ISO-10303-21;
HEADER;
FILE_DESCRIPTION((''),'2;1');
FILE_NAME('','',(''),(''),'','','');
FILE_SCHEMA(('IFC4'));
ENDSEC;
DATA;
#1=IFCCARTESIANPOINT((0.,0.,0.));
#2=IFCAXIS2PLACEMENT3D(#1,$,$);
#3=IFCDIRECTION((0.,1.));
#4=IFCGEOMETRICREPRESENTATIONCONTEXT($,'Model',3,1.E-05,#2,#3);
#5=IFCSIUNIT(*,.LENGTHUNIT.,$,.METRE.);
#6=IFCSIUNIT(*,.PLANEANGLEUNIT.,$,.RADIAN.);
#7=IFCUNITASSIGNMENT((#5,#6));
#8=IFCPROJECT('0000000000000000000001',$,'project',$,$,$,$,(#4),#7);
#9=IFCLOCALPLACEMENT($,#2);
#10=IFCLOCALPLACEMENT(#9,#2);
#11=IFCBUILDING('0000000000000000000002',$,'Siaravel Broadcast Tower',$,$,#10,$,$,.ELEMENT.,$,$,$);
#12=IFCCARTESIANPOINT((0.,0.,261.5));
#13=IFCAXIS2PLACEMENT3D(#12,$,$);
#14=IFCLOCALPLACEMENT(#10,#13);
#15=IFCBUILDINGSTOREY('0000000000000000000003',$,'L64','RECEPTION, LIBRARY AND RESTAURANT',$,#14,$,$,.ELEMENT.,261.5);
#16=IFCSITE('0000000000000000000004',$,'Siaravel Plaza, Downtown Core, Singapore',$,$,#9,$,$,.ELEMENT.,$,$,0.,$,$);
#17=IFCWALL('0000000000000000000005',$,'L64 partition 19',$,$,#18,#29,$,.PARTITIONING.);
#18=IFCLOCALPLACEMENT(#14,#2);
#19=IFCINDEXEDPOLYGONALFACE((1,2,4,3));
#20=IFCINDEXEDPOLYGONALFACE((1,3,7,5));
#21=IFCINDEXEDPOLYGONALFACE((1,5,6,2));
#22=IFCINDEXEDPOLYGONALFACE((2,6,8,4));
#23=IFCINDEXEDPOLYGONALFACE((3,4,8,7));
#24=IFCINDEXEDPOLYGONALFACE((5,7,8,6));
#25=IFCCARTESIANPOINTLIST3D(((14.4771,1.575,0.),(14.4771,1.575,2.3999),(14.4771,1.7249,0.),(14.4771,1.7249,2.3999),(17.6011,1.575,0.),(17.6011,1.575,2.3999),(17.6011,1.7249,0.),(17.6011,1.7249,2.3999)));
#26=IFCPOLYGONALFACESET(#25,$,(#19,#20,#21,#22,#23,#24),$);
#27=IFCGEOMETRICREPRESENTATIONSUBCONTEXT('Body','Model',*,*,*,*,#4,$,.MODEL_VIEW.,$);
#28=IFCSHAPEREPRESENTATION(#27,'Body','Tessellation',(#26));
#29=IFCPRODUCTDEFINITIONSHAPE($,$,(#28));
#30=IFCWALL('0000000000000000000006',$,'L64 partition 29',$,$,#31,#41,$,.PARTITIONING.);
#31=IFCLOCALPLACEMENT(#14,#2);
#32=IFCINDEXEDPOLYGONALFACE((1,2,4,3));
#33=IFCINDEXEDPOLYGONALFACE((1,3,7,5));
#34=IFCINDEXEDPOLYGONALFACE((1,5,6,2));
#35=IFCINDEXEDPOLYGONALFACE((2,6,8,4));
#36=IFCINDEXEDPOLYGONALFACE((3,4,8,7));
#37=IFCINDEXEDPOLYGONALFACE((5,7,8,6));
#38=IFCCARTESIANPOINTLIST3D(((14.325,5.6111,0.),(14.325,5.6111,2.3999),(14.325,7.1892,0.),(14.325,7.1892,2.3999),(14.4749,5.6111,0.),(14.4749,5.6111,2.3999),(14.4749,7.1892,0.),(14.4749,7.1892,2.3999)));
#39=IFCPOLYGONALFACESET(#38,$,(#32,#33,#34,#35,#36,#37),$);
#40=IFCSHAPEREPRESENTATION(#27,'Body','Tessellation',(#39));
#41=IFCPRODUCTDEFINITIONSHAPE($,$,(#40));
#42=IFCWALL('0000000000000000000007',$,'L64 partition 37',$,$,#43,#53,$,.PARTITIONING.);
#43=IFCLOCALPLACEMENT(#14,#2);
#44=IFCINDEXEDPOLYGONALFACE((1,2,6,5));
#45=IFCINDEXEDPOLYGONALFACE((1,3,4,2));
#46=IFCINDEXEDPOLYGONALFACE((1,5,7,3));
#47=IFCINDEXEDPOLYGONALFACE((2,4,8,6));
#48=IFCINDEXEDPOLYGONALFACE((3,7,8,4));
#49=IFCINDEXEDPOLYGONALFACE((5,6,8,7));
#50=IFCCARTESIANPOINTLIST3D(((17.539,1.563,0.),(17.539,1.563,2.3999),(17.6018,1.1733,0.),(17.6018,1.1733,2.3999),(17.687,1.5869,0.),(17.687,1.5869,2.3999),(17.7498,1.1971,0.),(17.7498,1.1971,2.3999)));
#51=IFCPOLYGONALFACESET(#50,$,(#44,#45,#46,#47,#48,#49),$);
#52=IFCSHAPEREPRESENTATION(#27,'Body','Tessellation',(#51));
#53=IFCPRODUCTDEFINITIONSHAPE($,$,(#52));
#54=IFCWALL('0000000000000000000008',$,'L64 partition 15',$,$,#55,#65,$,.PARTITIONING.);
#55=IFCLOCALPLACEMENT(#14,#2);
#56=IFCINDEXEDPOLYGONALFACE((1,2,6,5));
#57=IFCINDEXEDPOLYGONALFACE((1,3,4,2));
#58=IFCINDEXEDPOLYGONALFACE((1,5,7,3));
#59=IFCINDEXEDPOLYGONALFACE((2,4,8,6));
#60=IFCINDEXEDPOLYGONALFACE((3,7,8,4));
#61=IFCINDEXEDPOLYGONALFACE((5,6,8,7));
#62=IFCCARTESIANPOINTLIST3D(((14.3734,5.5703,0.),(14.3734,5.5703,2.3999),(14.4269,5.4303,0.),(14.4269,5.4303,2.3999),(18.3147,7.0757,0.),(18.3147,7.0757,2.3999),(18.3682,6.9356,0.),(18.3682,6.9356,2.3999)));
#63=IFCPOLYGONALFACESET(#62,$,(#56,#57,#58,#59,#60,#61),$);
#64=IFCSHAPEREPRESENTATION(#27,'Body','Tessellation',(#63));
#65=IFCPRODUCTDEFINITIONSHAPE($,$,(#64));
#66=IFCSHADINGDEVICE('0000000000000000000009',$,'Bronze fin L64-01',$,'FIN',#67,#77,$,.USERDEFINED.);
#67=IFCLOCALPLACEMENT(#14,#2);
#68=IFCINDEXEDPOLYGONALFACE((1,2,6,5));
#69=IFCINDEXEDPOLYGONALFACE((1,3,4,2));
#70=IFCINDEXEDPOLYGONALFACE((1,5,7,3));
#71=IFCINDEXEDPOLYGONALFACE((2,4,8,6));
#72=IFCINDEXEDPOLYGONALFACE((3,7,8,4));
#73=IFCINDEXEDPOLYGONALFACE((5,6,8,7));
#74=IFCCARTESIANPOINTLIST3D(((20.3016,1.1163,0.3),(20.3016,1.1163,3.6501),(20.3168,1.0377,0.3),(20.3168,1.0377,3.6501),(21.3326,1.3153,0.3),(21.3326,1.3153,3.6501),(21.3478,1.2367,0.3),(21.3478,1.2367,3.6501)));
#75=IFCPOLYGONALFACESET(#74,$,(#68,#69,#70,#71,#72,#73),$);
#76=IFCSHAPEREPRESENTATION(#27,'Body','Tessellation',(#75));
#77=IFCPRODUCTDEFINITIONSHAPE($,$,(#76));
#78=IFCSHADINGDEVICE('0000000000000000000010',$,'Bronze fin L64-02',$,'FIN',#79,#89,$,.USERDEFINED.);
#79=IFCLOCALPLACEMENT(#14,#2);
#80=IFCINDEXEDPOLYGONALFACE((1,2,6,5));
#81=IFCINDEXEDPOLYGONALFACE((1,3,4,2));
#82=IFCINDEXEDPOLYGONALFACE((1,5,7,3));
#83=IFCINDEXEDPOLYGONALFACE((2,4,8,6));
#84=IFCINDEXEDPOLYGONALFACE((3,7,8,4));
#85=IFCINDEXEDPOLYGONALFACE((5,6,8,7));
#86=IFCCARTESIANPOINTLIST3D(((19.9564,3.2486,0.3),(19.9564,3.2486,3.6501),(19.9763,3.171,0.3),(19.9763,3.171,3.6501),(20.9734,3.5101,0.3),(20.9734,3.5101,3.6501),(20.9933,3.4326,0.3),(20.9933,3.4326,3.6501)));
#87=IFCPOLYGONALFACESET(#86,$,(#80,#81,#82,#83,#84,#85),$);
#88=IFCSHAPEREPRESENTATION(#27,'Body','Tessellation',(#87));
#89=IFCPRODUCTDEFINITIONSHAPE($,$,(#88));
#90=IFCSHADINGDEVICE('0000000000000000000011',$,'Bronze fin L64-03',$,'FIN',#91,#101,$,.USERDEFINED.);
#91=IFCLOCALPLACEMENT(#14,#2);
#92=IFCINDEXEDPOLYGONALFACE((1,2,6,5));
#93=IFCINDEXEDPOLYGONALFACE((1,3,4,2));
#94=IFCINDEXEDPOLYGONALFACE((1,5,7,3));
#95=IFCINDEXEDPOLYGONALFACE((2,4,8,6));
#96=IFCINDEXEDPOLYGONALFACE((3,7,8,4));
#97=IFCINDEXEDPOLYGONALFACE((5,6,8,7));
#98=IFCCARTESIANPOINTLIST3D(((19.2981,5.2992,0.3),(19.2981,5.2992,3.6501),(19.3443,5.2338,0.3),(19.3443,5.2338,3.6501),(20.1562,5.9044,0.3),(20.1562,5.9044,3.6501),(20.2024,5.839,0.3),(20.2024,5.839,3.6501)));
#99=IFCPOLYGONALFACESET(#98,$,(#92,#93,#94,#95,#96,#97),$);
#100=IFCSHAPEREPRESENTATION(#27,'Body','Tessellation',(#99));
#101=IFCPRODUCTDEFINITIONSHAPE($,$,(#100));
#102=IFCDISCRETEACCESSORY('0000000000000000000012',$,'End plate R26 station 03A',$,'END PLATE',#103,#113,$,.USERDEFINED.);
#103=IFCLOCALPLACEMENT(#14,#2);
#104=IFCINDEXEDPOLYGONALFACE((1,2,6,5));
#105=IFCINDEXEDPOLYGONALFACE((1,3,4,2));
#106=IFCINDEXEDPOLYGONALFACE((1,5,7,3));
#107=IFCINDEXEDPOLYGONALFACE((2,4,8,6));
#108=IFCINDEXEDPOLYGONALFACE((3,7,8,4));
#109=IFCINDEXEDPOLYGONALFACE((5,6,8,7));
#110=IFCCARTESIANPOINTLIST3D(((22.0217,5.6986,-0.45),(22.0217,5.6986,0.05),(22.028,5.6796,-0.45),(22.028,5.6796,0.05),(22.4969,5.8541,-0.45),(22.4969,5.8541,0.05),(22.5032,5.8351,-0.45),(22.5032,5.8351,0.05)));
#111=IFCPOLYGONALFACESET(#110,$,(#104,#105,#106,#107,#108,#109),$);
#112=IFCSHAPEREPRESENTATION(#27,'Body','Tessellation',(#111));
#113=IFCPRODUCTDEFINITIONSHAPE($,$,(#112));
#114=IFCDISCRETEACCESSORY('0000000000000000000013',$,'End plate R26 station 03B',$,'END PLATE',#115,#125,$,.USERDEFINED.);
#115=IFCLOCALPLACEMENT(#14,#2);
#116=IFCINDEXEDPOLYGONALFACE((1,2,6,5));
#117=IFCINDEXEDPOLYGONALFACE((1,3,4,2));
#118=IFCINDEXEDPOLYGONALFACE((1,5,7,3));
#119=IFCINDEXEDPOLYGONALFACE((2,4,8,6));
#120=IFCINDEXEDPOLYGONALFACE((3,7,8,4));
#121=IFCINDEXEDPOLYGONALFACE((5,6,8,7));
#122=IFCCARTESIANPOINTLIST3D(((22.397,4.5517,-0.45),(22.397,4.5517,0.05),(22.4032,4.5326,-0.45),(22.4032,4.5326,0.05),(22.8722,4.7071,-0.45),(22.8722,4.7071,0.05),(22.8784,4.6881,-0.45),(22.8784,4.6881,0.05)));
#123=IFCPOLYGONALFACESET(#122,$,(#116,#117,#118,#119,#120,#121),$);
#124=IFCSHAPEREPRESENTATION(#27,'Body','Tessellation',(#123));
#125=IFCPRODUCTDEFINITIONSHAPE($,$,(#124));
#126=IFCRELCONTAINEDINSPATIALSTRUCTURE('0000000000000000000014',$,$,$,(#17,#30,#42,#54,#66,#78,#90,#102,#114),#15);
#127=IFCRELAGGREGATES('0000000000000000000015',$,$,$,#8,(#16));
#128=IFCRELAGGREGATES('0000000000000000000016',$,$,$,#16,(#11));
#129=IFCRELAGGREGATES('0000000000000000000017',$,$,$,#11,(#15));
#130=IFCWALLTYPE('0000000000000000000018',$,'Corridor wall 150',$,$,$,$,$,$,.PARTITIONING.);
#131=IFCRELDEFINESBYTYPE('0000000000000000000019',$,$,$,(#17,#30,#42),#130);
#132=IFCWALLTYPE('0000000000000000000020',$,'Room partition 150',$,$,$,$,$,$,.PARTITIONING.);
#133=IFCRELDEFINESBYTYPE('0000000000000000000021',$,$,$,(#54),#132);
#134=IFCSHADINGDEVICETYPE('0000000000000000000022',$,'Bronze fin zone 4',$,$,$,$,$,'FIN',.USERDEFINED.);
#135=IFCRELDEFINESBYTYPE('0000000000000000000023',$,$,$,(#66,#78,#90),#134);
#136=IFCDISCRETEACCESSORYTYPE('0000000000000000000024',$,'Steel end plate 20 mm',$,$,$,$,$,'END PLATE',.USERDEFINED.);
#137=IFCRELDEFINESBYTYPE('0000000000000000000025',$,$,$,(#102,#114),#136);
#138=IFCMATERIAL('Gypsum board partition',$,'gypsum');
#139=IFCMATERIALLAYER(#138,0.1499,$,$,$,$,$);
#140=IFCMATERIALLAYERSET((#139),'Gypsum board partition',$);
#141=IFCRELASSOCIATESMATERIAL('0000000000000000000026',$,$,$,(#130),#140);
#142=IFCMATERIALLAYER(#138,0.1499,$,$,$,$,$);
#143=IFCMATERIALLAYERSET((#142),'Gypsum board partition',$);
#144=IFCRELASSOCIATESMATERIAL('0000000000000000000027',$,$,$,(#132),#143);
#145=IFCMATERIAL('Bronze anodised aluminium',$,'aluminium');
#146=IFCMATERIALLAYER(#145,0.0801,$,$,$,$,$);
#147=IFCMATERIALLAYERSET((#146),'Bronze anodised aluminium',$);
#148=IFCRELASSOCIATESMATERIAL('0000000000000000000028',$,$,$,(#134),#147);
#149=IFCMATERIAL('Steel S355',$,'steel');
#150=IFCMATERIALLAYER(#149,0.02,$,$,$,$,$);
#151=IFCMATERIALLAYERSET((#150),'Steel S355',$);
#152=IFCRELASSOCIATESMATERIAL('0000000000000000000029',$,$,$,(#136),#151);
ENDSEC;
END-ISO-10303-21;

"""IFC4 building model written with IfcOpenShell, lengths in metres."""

from ifc_helpers import new_model, si_unit, direction, frame, frame_2d, origin, origin_2d, place, context, subcontext, project, spatial, rectangle, extrude, material, layer, layer_set, type_object, element, save


model = new_model("IFC4")

# Units and contexts
model_context = context("Model", 3, precision=1e-05, world=origin(), true_north=direction((0.0, 1.0)))
body_context = subcontext(model_context, "Body", "Model", "MODEL_VIEW")
ifc_project = project(units=[si_unit("LENGTHUNIT", "METRE"), si_unit("PLANEANGLEUNIT", "RADIAN")], contexts=[model_context])

# Site, building, storey
site_placement = place(None, origin())
site = spatial("IfcSite", under=ifc_project, at=site_placement, Name="Siaravel Plaza, Downtown Core, Singapore", CompositionType="ELEMENT", RefElevation=0.0)
building_placement = place(site_placement, origin())
building = spatial("IfcBuilding", under=site, at=building_placement, Name="Siaravel Broadcast Tower", CompositionType="ELEMENT")
storey_placement = place(building_placement, frame((0.0, 0.0, 261.5)))
storey = spatial("IfcBuildingStorey", under=building, at=storey_placement, Name="L64", Description="RECEPTION, LIBRARY AND RESTAURANT", CompositionType="ELEMENT", Elevation=261.5)

# Shared definitions
ifc_material_1 = material(Name="Steel S355", Category="steel")

# Shared definitions
ifc_material_2 = material(Name="Gypsum board partition", Category="gypsum")
ifc_layer_1 = layer(ifc_material_2, 0.1499)
ifc_layer_set_1 = layer_set([ifc_layer_1], Name="Gypsum board partition")
wall_type_1 = type_object("IfcWallType", Name="Corridor wall 150", PredefinedType="PARTITIONING", material=ifc_layer_set_1)

# Walls
wall_1_placement = place(storey_placement, frame((17.6011, 1.6499, 0.0), z_axis=(0.0, 0.0, 1.0), x_axis=(-1.0, 0.0, 0.0)))
element("IfcWall", 1, at=wall_1_placement, inside=storey, type_object=wall_type_1, Name="L64 partition 19", PredefinedType="PARTITIONING", context=body_context, shape_type="SweptSolid", body=[
    extrude(rectangle(XDim=3.124, YDim=0.1499, at=frame_2d((1.562, 0.0))), origin(), (0.0, 0.0, 1.0), 2.3999),
])
wall_2_placement = place(storey_placement, frame((14.3999, 5.6111, 0.0), z_axis=(0.0, 0.0, 1.0), x_axis=(0.0, 1.0, 0.0)))
element("IfcWall", 2, at=wall_2_placement, inside=storey, type_object=wall_type_1, Name="L64 partition 29", PredefinedType="PARTITIONING", context=body_context, shape_type="SweptSolid", body=[
    extrude(rectangle(XDim=1.5781, YDim=0.1499, at=frame_2d((0.7891, 0.0))), origin(), (0.0, 0.0, 1.0), 2.3999),
])
wall_3_placement = place(storey_placement, frame((17.6758, 1.1853, 0.0), z_axis=(0.0, 0.0, 1.0), x_axis=(-0.15898, 0.987282, 0.0)))
element("IfcWall", 3, at=wall_3_placement, inside=storey, type_object=wall_type_1, Name="L64 partition 37", PredefinedType="PARTITIONING", context=body_context, shape_type="SweptSolid", body=[
    extrude(rectangle(XDim=0.3948, YDim=0.1499, at=frame_2d((0.1973, 0.0))), origin(), (0.0, 0.0, 1.0), 2.3999),
])
ifc_layer_2 = layer(ifc_material_2, 0.1499)
ifc_layer_set_2 = layer_set([ifc_layer_2], Name="Gypsum board partition")
wall_type_2 = type_object("IfcWallType", Name="Room partition 150", PredefinedType="PARTITIONING", material=ifc_layer_set_2)
wall_4_placement = place(storey_placement, frame((18.3413, 7.0056, 0.0), z_axis=(0.0, 0.0, 1.0), x_axis=(-0.934181, -0.356799, 0.0)))
element("IfcWall", 4, at=wall_4_placement, inside=storey, type_object=wall_type_2, Name="L64 partition 15", PredefinedType="PARTITIONING", context=body_context, shape_type="SweptSolid", body=[
    extrude(rectangle(XDim=4.219, YDim=0.1499, at=frame_2d((2.1094, 0.0))), origin(), (0.0, 0.0, 1.0), 2.3999),
])

# Shading devices
ifc_material_3 = material(Name="Bronze anodised aluminium", Category="aluminium")
ifc_layer_3 = layer(ifc_material_3, 0.0801)
ifc_layer_set_3 = layer_set([ifc_layer_3], Name="Bronze anodised aluminium")
shading_device_type = type_object("IfcShadingDeviceType", Name="Bronze fin zone 4", ElementType="FIN", PredefinedType="USERDEFINED", material=ifc_layer_set_3)
for number, where, z_axis, x_axis, name in (
    (5, (20.8247, 1.1765, 0.3), (0.0, 0.0, 1.0), (0.98188, 0.189505, 0.0), "Bronze fin L64-01"),
    (6, (20.4749, 3.3406, 0.3), (0.0, 0.0, 1.0), (0.968487, 0.249063, 0.0), "Bronze fin L64-02"),
    (7, (19.7502, 5.5691, 0.3), (0.0, 0.0, 1.0), (0.817197, 0.576358, 0.0), "Bronze fin L64-03"),
):
    element("IfcShadingDevice", number, at=place(storey_placement, frame(where, z_axis=z_axis, x_axis=x_axis)), inside=storey, type_object=shading_device_type, Name=name, ObjectType="FIN", PredefinedType="USERDEFINED", context=body_context, shape_type="SweptSolid", body=[
        extrude(rectangle(XDim=1.05, YDim=0.0801, at=origin_2d()), origin(), (0.0, 0.0, 1.0), 3.3501),
    ])

# Discrete accessories
ifc_layer_4 = layer(ifc_material_1, 0.02)
ifc_layer_set_4 = layer_set([ifc_layer_4], Name="Steel S355")
discrete_accessory_type = type_object("IfcDiscreteAccessoryType", Name="Steel end plate 20 mm", ElementType="END PLATE", PredefinedType="USERDEFINED", material=ifc_layer_set_4)
for number, where, z_axis, x_axis, name in (
    (8, (22.2625, 5.7668, -0.45), (0.0, 0.0, 1.0), (-0.310909, 0.95044, 0.0), "End plate R26 station 03A"),
    (9, (22.6377, 4.6199, -0.45), (0.0, 0.0, 1.0), (-0.310909, 0.95044, 0.0), "End plate R26 station 03B"),
):
    element("IfcDiscreteAccessory", number, at=place(storey_placement, frame(where, z_axis=z_axis, x_axis=x_axis)), inside=storey, type_object=discrete_accessory_type, Name=name, ObjectType="END PLATE", PredefinedType="USERDEFINED", context=body_context, shape_type="SweptSolid", body=[
        extrude(rectangle(XDim=0.02, YDim=0.5, at=origin_2d()), origin(), (0.0, 0.0, 1.0), 0.5),
    ])

save(model, "model.ifc")
